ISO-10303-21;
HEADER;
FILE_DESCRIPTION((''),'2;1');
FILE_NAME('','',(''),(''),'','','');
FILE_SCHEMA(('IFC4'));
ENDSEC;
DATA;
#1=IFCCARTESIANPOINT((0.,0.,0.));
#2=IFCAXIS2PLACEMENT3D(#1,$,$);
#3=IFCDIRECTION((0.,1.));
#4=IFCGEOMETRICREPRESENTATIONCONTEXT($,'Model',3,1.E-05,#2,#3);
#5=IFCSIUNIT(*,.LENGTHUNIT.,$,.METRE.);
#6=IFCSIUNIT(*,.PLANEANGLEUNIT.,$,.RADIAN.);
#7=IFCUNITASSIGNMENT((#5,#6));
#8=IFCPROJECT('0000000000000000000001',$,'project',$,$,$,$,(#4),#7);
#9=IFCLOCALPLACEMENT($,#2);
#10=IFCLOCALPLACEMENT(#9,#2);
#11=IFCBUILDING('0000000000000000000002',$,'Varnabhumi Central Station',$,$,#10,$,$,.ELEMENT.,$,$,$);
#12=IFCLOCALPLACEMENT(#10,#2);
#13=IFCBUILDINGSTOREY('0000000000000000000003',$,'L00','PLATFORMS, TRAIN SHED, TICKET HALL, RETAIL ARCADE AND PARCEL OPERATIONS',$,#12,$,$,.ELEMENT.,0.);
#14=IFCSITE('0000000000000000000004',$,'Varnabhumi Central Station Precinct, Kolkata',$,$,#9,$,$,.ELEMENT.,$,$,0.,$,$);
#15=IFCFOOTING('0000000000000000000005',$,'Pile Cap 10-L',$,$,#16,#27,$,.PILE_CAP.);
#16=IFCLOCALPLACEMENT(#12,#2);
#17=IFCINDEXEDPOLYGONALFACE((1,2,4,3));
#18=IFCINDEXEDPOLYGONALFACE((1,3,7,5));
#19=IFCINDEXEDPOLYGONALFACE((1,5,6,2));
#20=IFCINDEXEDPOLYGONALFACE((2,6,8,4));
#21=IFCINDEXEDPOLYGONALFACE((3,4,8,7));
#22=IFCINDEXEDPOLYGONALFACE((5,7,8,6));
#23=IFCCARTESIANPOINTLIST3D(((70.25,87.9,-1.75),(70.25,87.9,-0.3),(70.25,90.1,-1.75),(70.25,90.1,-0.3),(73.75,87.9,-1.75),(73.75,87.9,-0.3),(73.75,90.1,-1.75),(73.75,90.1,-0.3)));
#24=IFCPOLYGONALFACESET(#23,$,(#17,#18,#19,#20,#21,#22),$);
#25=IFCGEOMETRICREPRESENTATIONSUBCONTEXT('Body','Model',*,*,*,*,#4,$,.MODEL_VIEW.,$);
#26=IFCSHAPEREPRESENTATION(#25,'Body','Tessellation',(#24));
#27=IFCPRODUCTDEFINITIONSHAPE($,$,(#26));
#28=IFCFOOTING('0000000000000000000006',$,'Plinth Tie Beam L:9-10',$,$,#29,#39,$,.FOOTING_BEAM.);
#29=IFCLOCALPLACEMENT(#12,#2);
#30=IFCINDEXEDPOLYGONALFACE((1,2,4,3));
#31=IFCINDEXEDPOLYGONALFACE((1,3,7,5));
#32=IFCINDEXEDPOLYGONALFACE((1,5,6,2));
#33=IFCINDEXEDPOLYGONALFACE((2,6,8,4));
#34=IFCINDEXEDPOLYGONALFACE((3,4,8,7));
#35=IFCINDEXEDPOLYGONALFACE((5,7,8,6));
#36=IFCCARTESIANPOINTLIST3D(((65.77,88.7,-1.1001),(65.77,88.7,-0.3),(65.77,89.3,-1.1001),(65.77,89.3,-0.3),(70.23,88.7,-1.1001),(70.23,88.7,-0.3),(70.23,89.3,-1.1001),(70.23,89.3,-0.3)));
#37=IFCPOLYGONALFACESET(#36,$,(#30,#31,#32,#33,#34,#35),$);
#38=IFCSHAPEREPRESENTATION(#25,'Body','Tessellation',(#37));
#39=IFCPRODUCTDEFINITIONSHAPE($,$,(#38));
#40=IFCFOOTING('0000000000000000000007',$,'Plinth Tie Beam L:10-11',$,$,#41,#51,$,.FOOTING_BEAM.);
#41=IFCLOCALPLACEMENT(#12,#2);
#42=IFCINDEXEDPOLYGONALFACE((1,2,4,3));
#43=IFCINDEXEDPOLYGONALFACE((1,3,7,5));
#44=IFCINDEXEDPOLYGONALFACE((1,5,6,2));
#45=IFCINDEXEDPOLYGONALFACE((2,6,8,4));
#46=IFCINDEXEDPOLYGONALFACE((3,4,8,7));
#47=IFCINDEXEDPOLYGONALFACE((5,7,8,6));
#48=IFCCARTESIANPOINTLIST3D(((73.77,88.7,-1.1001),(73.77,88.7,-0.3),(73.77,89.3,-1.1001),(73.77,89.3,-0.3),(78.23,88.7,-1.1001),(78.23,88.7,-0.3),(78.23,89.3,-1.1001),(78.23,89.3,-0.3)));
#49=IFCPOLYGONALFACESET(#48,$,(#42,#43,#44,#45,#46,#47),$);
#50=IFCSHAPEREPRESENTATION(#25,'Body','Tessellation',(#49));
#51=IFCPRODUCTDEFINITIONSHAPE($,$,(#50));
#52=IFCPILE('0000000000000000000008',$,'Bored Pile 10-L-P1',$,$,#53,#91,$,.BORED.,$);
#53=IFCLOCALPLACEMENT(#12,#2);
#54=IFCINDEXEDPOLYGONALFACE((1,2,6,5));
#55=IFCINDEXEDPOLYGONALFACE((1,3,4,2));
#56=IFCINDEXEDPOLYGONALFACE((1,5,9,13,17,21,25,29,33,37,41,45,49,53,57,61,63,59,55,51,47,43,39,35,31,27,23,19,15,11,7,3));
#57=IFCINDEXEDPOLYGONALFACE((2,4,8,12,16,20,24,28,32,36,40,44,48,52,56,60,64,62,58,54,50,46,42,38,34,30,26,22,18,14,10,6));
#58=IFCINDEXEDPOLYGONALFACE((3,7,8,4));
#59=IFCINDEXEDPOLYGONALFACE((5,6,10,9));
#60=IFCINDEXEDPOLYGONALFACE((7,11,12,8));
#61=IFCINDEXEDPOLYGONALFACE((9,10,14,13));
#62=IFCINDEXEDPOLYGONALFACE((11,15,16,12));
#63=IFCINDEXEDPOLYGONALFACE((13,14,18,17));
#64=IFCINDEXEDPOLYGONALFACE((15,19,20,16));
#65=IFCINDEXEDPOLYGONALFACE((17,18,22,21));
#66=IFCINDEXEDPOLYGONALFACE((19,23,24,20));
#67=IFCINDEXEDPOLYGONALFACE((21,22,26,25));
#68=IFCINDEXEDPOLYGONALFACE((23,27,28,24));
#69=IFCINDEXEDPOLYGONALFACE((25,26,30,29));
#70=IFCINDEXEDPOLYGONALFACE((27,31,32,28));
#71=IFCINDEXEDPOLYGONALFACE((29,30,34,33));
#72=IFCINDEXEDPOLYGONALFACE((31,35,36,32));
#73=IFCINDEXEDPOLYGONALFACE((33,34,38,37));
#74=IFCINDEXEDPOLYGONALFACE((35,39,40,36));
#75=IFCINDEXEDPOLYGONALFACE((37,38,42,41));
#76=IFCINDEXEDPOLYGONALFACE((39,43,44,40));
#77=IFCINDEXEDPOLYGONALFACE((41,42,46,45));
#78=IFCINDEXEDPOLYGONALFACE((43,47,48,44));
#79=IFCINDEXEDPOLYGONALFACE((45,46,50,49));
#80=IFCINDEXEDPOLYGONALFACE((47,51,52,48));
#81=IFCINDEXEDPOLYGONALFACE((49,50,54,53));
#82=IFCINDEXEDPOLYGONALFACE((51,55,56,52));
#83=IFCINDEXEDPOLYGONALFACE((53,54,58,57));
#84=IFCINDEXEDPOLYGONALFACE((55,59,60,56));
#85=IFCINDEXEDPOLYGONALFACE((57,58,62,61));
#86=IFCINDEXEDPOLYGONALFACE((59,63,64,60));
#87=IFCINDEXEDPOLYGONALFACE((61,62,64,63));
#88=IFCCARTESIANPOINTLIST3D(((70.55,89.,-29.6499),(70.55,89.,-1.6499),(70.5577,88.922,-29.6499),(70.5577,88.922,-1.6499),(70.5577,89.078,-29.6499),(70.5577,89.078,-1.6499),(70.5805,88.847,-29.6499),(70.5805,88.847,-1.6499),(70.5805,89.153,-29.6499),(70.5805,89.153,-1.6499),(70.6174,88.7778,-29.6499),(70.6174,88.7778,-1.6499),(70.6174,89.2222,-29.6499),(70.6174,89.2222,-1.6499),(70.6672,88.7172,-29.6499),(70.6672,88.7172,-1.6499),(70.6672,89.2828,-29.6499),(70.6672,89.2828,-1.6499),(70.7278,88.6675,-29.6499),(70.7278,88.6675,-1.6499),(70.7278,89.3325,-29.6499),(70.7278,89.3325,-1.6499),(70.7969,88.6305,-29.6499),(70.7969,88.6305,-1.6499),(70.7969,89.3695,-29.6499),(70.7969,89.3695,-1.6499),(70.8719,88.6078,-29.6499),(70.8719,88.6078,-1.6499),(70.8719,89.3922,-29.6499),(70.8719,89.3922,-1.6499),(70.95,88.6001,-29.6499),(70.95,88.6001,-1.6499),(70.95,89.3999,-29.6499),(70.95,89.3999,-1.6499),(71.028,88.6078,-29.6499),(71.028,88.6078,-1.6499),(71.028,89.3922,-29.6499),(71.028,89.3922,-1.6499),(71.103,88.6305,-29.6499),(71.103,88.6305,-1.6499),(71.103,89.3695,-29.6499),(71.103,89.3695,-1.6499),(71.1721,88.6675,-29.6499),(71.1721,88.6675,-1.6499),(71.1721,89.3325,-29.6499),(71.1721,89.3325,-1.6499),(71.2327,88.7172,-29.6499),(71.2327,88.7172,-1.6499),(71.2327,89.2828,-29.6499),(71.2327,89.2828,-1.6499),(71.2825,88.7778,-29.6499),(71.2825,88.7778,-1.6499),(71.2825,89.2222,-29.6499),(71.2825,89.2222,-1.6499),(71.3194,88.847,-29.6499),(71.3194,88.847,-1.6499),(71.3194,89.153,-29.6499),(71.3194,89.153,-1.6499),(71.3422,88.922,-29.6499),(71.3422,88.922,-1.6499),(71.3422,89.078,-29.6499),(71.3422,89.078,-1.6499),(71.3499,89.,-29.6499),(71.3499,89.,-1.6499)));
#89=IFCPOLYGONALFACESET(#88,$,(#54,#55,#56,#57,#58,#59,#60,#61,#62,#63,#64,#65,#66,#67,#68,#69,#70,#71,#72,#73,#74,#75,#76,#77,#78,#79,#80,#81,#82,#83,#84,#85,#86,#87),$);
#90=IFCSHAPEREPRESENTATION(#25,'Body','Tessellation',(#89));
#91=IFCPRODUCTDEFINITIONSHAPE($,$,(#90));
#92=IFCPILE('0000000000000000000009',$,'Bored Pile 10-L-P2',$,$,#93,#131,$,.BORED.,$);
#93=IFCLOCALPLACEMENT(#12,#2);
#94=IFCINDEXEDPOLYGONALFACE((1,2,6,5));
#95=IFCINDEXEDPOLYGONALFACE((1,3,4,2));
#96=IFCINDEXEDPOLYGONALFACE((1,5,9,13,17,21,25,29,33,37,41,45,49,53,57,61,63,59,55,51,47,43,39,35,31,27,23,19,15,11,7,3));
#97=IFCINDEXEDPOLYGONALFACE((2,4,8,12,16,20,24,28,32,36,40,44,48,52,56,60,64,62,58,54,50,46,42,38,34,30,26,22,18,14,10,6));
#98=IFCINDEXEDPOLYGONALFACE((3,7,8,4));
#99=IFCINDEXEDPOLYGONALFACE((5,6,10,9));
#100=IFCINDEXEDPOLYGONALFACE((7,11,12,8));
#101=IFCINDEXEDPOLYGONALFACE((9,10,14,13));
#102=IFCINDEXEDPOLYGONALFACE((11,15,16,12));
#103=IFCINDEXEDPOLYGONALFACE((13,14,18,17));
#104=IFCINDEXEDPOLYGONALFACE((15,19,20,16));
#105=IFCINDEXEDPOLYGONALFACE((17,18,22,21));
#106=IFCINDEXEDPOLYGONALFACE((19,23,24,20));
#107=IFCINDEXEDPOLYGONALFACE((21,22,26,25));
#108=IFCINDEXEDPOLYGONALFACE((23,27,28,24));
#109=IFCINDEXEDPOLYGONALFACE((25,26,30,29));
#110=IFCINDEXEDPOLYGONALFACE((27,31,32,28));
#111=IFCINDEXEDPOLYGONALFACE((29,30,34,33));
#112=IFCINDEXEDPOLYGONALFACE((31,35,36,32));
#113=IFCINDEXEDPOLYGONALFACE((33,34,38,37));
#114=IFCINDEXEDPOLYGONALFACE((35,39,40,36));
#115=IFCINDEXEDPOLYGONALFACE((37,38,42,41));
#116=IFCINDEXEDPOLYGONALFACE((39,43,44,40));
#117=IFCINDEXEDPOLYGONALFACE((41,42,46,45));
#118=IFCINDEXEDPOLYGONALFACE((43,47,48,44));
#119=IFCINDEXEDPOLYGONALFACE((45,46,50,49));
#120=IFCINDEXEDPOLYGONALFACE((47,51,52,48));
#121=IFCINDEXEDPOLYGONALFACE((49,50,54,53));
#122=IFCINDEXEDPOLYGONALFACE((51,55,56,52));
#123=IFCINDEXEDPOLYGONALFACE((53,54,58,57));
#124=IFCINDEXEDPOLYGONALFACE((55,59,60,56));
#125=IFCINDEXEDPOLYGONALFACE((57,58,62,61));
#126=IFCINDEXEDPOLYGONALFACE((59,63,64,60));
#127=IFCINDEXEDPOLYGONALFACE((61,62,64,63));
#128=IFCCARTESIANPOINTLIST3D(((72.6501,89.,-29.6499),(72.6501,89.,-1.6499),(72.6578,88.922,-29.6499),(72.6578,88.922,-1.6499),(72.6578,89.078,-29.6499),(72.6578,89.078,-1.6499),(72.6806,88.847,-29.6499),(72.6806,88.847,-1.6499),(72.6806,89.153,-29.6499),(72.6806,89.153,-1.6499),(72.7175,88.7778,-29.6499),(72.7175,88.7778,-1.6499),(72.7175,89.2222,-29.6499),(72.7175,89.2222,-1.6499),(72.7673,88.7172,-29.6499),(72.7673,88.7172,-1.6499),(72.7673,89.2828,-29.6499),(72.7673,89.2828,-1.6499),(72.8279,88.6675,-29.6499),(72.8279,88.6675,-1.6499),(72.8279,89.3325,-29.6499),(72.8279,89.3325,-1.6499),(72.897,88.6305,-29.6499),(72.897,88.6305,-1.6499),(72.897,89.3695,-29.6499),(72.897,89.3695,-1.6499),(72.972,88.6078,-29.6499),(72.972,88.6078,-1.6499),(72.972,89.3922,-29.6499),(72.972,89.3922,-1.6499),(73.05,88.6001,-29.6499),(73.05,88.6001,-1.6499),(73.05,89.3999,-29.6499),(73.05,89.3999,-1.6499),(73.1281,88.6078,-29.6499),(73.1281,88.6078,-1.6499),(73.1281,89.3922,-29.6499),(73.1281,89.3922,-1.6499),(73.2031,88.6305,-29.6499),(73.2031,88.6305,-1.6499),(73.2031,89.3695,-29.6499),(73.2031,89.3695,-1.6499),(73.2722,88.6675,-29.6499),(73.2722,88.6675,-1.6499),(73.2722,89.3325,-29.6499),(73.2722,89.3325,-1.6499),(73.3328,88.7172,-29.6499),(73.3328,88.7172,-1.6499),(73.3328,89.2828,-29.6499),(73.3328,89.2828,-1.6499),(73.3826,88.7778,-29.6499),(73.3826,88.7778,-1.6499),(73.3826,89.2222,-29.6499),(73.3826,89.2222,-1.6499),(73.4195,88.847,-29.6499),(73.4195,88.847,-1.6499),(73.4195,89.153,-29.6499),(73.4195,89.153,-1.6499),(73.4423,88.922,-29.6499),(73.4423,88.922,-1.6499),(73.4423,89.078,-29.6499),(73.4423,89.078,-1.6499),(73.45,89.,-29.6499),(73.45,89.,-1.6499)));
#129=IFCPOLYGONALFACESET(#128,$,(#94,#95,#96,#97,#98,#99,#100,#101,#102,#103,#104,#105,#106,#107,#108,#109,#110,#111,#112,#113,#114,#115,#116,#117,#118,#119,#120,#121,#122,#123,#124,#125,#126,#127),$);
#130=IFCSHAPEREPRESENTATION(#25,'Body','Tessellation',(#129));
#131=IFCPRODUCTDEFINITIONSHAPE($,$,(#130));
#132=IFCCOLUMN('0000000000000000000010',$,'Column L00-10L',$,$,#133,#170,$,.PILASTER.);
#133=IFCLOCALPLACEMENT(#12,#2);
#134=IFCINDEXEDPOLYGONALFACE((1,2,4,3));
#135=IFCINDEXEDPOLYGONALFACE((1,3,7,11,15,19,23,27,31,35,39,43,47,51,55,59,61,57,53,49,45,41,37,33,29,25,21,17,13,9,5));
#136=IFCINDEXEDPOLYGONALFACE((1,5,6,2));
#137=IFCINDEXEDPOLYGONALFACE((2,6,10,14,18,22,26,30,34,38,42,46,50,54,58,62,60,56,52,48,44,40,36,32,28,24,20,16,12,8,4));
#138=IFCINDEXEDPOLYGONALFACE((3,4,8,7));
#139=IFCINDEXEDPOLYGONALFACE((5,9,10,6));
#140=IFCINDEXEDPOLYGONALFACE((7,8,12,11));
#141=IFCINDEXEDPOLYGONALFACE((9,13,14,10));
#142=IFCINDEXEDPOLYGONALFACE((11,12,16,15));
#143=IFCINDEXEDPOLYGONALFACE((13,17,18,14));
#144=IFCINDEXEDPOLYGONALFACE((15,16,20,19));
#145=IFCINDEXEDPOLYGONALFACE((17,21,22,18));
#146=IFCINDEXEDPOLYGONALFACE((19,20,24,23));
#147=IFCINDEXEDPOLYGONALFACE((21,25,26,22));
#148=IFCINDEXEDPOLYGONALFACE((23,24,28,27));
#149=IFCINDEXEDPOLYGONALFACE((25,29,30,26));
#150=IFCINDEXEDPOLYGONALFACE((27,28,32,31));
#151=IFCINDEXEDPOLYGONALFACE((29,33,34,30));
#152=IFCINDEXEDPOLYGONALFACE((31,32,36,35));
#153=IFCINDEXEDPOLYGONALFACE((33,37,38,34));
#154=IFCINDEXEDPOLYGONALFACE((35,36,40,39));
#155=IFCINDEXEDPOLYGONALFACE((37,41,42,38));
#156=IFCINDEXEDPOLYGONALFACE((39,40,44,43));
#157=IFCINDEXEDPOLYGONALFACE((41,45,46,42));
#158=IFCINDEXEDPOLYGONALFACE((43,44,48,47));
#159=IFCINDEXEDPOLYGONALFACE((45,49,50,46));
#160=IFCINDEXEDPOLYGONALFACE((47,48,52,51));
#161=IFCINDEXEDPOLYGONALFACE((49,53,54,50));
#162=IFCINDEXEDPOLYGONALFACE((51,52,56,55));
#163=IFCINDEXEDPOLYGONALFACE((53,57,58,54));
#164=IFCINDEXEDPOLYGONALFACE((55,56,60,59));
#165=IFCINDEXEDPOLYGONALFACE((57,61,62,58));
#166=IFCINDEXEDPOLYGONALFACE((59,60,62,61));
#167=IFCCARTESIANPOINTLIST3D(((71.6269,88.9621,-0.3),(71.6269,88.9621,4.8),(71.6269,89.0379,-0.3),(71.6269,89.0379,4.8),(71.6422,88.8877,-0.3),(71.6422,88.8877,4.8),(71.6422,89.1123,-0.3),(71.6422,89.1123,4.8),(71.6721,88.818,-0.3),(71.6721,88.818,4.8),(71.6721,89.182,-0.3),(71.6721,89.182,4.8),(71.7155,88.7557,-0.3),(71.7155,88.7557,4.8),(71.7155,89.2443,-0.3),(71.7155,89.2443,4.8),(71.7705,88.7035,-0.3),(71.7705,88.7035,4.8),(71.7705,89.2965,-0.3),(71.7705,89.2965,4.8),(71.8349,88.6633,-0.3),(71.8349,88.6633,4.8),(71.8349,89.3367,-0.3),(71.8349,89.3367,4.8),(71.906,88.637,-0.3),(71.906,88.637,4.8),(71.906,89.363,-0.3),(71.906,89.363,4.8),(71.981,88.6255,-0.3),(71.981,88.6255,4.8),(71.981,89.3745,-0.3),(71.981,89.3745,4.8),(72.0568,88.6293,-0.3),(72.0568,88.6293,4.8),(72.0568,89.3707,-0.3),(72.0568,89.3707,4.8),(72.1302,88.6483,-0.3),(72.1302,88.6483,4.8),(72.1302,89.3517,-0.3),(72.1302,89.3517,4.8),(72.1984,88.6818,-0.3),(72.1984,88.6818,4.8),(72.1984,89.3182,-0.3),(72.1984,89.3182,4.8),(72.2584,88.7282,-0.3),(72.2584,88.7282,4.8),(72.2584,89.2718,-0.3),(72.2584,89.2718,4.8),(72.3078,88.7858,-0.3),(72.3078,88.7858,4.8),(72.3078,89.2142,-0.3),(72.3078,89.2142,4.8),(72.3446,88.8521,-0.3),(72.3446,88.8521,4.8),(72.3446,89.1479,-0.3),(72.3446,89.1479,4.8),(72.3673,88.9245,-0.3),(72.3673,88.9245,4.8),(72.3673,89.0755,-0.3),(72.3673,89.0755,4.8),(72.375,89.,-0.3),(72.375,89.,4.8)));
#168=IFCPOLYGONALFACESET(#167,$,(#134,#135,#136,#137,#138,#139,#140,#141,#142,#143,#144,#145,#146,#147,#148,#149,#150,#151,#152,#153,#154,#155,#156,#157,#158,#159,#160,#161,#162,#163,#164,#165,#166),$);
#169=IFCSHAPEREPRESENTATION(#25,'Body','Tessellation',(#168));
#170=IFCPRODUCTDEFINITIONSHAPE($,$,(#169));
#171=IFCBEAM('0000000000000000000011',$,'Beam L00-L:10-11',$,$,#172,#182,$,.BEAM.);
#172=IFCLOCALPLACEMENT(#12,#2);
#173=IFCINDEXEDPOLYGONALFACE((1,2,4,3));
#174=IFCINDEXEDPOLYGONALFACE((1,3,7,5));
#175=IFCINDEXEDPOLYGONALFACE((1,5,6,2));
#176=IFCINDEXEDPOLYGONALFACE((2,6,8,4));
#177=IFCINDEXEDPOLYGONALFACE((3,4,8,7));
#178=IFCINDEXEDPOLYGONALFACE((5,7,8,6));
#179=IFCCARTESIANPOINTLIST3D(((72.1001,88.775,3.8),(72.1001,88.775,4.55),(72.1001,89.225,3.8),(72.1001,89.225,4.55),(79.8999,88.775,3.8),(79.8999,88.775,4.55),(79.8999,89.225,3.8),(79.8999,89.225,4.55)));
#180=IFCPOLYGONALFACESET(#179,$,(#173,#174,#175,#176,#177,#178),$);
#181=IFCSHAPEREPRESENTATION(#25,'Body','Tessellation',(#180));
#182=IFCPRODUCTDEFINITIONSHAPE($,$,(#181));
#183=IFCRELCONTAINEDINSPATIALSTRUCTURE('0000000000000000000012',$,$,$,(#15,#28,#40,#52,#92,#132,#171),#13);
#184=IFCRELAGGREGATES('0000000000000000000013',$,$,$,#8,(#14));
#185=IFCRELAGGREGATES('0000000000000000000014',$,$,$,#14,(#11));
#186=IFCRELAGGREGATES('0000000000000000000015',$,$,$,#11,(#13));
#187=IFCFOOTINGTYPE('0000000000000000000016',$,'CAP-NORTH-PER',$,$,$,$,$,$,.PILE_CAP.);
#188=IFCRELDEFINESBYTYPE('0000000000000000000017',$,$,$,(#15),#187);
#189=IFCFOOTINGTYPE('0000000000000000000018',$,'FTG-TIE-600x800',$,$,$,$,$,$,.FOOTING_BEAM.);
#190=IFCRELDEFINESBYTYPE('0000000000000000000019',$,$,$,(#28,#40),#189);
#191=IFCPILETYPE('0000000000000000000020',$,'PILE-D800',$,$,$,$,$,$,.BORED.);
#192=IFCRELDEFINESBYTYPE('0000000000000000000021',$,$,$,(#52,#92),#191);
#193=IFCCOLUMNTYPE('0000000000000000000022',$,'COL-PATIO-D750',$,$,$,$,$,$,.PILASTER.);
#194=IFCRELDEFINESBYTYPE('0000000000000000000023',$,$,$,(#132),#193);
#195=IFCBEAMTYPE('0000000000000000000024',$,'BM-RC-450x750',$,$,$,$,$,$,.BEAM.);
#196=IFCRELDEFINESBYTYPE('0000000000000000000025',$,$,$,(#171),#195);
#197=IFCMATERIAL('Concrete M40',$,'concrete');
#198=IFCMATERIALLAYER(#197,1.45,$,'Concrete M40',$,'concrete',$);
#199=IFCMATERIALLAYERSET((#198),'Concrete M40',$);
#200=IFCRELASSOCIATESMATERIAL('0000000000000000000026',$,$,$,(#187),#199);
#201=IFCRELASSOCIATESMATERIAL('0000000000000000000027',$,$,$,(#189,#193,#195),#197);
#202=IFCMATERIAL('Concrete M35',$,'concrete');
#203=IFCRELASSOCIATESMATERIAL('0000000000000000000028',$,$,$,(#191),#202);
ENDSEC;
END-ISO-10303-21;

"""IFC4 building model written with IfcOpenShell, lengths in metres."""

from ifc_helpers import new_model, si_unit, direction, frame, origin, origin_2d, place, context, subcontext, project, spatial, rectangle, circle, extrude, material, layer, layer_set, material_profile, profile_set, type_object, element, save


model = new_model("IFC4")

# Units and contexts
model_context = context("Model", 3, precision=1e-05, world=origin(), true_north=direction((0.0, 1.0)))
body_context = subcontext(model_context, "Body", "Model", "MODEL_VIEW")
ifc_project = project(units=[si_unit("LENGTHUNIT", "METRE"), si_unit("PLANEANGLEUNIT", "RADIAN")], contexts=[model_context])

# Site, building, storey
site_placement = place(None, origin())
site = spatial("IfcSite", under=ifc_project, at=site_placement, Name="Varnabhumi Central Station Precinct, Kolkata", CompositionType="ELEMENT", RefElevation=0.0)
building_placement = place(site_placement, origin())
building = spatial("IfcBuilding", under=site, at=building_placement, Name="Varnabhumi Central Station", CompositionType="ELEMENT")
storey_placement = place(building_placement, origin())
storey = spatial("IfcBuildingStorey", under=building, at=storey_placement, Name="L00", Description="PLATFORMS, TRAIN SHED, TICKET HALL, RETAIL ARCADE AND PARCEL OPERATIONS", CompositionType="ELEMENT", Elevation=0.0)

# Footings
ifc_material_1 = material(Name="Concrete M40", Category="concrete")
ifc_layer_1 = layer(ifc_material_1, 1.45, Name="Concrete M40", Category="concrete")
ifc_layer_set_1 = layer_set([ifc_layer_1], Name="Concrete M40")
footing_type_1 = type_object("IfcFootingType", Name="CAP-NORTH-PER", PredefinedType="PILE_CAP", material=ifc_layer_set_1)
footing_placement = place(storey_placement, frame((72.0, 89.0, -1.75), z_axis=(0.0, 0.0, 1.0), x_axis=(1.0, 0.0, 0.0)))
element("IfcFooting", 1, at=footing_placement, inside=storey, type_object=footing_type_1, Name="Pile Cap 10-L", PredefinedType="PILE_CAP", context=body_context, shape_type="SweptSolid", body=[
    extrude(rectangle(XDim=3.5, YDim=2.2, at=origin_2d()), origin(), (0.0, 0.0, 1.0), 1.45),
])
footing_type_2 = type_object("IfcFootingType", Name="FTG-TIE-600x800", PredefinedType="FOOTING_BEAM", material=ifc_material_1)
for number, where, z_axis, x_axis, name in (
    (2, (68.0, 89.0, -1.1001), (0.0, 0.0, 1.0), (1.0, 0.0, 0.0), "Plinth Tie Beam L:9-10"),
    (3, (76.0, 89.0, -1.1001), (0.0, 0.0, 1.0), (1.0, 0.0, 0.0), "Plinth Tie Beam L:10-11"),
):
    element("IfcFooting", number, at=place(storey_placement, frame(where, z_axis=z_axis, x_axis=x_axis)), inside=storey, type_object=footing_type_2, Name=name, PredefinedType="FOOTING_BEAM", context=body_context, shape_type="SweptSolid", body=[
        extrude(rectangle(XDim=4.46, YDim=0.6001, at=origin_2d()), origin(), (0.0, 0.0, 1.0), 0.8),
    ])

# Piles
ifc_material_2 = material(Name="Concrete M35", Category="concrete")
ifc_material_profile_1 = material_profile(ifc_material_2, circle(Radius=0.3999, at=origin_2d()), Name="Concrete M35", Category="concrete")
ifc_profile_set_1 = profile_set([ifc_material_profile_1], Name="Concrete M35")
pile_type = type_object("IfcPileType", Name="PILE-D800", PredefinedType="BORED", material=ifc_profile_set_1)
for number, where, z_axis, x_axis, name in (
    (4, (70.95, 89.0, -1.6499), (0.0, 0.0, -1.0), (1.0, 0.0, 0.0), "Bored Pile 10-L-P1"),
    (5, (73.05, 89.0, -1.6499), (0.0, 0.0, -1.0), (1.0, 0.0, 0.0), "Bored Pile 10-L-P2"),
):
    element("IfcPile", number, at=place(storey_placement, frame(where, z_axis=z_axis, x_axis=x_axis)), inside=storey, type_object=pile_type, Name=name, PredefinedType="BORED", context=body_context, shape_type="SweptSolid", body=[
        extrude(circle(Radius=0.3999, at=origin_2d()), origin(), (0.0, 0.0, 1.0), 28.0),
    ])

# Column
ifc_material_profile_2 = material_profile(ifc_material_1, circle(Radius=0.375, at=origin_2d()), Name="Concrete M40", Category="concrete")
ifc_profile_set_2 = profile_set([ifc_material_profile_2], Name="Concrete M40")
column_type = type_object("IfcColumnType", Name="COL-PATIO-D750", PredefinedType="PILASTER", material=ifc_profile_set_2)
column_placement = place(storey_placement, frame((72.0, 89.0, -0.3), z_axis=(0.0, 0.0, 1.0), x_axis=(1.0, 0.0, 0.0)))
element("IfcColumn", 6, at=column_placement, inside=storey, type_object=column_type, Name="Column L00-10L", PredefinedType="PILASTER", context=body_context, shape_type="SweptSolid", body=[
    extrude(circle(Radius=0.375, at=origin_2d()), origin(), (0.0, 0.0, 1.0), 5.1001),
])

# Beam
ifc_material_profile_3 = material_profile(ifc_material_1, rectangle(XDim=0.45, YDim=0.75, at=origin_2d()), Name="Concrete M40", Category="concrete")
ifc_profile_set_3 = profile_set([ifc_material_profile_3], Name="Concrete M40")
beam_type = type_object("IfcBeamType", Name="BM-RC-450x750", PredefinedType="BEAM", material=ifc_profile_set_3)
beam_placement = place(storey_placement, frame((72.1001, 89.0, 4.175), z_axis=(1.0, 0.0, 0.0), x_axis=(0.0, 1.0, 0.0)))
element("IfcBeam", 7, at=beam_placement, inside=storey, type_object=beam_type, Name="Beam L00-L:10-11", PredefinedType="BEAM", context=body_context, shape_type="SweptSolid", body=[
    extrude(rectangle(XDim=0.45, YDim=0.75, at=origin_2d()), origin(), (0.0, 0.0, 1.0), 7.7998),
])

save(model, "model.ifc")
